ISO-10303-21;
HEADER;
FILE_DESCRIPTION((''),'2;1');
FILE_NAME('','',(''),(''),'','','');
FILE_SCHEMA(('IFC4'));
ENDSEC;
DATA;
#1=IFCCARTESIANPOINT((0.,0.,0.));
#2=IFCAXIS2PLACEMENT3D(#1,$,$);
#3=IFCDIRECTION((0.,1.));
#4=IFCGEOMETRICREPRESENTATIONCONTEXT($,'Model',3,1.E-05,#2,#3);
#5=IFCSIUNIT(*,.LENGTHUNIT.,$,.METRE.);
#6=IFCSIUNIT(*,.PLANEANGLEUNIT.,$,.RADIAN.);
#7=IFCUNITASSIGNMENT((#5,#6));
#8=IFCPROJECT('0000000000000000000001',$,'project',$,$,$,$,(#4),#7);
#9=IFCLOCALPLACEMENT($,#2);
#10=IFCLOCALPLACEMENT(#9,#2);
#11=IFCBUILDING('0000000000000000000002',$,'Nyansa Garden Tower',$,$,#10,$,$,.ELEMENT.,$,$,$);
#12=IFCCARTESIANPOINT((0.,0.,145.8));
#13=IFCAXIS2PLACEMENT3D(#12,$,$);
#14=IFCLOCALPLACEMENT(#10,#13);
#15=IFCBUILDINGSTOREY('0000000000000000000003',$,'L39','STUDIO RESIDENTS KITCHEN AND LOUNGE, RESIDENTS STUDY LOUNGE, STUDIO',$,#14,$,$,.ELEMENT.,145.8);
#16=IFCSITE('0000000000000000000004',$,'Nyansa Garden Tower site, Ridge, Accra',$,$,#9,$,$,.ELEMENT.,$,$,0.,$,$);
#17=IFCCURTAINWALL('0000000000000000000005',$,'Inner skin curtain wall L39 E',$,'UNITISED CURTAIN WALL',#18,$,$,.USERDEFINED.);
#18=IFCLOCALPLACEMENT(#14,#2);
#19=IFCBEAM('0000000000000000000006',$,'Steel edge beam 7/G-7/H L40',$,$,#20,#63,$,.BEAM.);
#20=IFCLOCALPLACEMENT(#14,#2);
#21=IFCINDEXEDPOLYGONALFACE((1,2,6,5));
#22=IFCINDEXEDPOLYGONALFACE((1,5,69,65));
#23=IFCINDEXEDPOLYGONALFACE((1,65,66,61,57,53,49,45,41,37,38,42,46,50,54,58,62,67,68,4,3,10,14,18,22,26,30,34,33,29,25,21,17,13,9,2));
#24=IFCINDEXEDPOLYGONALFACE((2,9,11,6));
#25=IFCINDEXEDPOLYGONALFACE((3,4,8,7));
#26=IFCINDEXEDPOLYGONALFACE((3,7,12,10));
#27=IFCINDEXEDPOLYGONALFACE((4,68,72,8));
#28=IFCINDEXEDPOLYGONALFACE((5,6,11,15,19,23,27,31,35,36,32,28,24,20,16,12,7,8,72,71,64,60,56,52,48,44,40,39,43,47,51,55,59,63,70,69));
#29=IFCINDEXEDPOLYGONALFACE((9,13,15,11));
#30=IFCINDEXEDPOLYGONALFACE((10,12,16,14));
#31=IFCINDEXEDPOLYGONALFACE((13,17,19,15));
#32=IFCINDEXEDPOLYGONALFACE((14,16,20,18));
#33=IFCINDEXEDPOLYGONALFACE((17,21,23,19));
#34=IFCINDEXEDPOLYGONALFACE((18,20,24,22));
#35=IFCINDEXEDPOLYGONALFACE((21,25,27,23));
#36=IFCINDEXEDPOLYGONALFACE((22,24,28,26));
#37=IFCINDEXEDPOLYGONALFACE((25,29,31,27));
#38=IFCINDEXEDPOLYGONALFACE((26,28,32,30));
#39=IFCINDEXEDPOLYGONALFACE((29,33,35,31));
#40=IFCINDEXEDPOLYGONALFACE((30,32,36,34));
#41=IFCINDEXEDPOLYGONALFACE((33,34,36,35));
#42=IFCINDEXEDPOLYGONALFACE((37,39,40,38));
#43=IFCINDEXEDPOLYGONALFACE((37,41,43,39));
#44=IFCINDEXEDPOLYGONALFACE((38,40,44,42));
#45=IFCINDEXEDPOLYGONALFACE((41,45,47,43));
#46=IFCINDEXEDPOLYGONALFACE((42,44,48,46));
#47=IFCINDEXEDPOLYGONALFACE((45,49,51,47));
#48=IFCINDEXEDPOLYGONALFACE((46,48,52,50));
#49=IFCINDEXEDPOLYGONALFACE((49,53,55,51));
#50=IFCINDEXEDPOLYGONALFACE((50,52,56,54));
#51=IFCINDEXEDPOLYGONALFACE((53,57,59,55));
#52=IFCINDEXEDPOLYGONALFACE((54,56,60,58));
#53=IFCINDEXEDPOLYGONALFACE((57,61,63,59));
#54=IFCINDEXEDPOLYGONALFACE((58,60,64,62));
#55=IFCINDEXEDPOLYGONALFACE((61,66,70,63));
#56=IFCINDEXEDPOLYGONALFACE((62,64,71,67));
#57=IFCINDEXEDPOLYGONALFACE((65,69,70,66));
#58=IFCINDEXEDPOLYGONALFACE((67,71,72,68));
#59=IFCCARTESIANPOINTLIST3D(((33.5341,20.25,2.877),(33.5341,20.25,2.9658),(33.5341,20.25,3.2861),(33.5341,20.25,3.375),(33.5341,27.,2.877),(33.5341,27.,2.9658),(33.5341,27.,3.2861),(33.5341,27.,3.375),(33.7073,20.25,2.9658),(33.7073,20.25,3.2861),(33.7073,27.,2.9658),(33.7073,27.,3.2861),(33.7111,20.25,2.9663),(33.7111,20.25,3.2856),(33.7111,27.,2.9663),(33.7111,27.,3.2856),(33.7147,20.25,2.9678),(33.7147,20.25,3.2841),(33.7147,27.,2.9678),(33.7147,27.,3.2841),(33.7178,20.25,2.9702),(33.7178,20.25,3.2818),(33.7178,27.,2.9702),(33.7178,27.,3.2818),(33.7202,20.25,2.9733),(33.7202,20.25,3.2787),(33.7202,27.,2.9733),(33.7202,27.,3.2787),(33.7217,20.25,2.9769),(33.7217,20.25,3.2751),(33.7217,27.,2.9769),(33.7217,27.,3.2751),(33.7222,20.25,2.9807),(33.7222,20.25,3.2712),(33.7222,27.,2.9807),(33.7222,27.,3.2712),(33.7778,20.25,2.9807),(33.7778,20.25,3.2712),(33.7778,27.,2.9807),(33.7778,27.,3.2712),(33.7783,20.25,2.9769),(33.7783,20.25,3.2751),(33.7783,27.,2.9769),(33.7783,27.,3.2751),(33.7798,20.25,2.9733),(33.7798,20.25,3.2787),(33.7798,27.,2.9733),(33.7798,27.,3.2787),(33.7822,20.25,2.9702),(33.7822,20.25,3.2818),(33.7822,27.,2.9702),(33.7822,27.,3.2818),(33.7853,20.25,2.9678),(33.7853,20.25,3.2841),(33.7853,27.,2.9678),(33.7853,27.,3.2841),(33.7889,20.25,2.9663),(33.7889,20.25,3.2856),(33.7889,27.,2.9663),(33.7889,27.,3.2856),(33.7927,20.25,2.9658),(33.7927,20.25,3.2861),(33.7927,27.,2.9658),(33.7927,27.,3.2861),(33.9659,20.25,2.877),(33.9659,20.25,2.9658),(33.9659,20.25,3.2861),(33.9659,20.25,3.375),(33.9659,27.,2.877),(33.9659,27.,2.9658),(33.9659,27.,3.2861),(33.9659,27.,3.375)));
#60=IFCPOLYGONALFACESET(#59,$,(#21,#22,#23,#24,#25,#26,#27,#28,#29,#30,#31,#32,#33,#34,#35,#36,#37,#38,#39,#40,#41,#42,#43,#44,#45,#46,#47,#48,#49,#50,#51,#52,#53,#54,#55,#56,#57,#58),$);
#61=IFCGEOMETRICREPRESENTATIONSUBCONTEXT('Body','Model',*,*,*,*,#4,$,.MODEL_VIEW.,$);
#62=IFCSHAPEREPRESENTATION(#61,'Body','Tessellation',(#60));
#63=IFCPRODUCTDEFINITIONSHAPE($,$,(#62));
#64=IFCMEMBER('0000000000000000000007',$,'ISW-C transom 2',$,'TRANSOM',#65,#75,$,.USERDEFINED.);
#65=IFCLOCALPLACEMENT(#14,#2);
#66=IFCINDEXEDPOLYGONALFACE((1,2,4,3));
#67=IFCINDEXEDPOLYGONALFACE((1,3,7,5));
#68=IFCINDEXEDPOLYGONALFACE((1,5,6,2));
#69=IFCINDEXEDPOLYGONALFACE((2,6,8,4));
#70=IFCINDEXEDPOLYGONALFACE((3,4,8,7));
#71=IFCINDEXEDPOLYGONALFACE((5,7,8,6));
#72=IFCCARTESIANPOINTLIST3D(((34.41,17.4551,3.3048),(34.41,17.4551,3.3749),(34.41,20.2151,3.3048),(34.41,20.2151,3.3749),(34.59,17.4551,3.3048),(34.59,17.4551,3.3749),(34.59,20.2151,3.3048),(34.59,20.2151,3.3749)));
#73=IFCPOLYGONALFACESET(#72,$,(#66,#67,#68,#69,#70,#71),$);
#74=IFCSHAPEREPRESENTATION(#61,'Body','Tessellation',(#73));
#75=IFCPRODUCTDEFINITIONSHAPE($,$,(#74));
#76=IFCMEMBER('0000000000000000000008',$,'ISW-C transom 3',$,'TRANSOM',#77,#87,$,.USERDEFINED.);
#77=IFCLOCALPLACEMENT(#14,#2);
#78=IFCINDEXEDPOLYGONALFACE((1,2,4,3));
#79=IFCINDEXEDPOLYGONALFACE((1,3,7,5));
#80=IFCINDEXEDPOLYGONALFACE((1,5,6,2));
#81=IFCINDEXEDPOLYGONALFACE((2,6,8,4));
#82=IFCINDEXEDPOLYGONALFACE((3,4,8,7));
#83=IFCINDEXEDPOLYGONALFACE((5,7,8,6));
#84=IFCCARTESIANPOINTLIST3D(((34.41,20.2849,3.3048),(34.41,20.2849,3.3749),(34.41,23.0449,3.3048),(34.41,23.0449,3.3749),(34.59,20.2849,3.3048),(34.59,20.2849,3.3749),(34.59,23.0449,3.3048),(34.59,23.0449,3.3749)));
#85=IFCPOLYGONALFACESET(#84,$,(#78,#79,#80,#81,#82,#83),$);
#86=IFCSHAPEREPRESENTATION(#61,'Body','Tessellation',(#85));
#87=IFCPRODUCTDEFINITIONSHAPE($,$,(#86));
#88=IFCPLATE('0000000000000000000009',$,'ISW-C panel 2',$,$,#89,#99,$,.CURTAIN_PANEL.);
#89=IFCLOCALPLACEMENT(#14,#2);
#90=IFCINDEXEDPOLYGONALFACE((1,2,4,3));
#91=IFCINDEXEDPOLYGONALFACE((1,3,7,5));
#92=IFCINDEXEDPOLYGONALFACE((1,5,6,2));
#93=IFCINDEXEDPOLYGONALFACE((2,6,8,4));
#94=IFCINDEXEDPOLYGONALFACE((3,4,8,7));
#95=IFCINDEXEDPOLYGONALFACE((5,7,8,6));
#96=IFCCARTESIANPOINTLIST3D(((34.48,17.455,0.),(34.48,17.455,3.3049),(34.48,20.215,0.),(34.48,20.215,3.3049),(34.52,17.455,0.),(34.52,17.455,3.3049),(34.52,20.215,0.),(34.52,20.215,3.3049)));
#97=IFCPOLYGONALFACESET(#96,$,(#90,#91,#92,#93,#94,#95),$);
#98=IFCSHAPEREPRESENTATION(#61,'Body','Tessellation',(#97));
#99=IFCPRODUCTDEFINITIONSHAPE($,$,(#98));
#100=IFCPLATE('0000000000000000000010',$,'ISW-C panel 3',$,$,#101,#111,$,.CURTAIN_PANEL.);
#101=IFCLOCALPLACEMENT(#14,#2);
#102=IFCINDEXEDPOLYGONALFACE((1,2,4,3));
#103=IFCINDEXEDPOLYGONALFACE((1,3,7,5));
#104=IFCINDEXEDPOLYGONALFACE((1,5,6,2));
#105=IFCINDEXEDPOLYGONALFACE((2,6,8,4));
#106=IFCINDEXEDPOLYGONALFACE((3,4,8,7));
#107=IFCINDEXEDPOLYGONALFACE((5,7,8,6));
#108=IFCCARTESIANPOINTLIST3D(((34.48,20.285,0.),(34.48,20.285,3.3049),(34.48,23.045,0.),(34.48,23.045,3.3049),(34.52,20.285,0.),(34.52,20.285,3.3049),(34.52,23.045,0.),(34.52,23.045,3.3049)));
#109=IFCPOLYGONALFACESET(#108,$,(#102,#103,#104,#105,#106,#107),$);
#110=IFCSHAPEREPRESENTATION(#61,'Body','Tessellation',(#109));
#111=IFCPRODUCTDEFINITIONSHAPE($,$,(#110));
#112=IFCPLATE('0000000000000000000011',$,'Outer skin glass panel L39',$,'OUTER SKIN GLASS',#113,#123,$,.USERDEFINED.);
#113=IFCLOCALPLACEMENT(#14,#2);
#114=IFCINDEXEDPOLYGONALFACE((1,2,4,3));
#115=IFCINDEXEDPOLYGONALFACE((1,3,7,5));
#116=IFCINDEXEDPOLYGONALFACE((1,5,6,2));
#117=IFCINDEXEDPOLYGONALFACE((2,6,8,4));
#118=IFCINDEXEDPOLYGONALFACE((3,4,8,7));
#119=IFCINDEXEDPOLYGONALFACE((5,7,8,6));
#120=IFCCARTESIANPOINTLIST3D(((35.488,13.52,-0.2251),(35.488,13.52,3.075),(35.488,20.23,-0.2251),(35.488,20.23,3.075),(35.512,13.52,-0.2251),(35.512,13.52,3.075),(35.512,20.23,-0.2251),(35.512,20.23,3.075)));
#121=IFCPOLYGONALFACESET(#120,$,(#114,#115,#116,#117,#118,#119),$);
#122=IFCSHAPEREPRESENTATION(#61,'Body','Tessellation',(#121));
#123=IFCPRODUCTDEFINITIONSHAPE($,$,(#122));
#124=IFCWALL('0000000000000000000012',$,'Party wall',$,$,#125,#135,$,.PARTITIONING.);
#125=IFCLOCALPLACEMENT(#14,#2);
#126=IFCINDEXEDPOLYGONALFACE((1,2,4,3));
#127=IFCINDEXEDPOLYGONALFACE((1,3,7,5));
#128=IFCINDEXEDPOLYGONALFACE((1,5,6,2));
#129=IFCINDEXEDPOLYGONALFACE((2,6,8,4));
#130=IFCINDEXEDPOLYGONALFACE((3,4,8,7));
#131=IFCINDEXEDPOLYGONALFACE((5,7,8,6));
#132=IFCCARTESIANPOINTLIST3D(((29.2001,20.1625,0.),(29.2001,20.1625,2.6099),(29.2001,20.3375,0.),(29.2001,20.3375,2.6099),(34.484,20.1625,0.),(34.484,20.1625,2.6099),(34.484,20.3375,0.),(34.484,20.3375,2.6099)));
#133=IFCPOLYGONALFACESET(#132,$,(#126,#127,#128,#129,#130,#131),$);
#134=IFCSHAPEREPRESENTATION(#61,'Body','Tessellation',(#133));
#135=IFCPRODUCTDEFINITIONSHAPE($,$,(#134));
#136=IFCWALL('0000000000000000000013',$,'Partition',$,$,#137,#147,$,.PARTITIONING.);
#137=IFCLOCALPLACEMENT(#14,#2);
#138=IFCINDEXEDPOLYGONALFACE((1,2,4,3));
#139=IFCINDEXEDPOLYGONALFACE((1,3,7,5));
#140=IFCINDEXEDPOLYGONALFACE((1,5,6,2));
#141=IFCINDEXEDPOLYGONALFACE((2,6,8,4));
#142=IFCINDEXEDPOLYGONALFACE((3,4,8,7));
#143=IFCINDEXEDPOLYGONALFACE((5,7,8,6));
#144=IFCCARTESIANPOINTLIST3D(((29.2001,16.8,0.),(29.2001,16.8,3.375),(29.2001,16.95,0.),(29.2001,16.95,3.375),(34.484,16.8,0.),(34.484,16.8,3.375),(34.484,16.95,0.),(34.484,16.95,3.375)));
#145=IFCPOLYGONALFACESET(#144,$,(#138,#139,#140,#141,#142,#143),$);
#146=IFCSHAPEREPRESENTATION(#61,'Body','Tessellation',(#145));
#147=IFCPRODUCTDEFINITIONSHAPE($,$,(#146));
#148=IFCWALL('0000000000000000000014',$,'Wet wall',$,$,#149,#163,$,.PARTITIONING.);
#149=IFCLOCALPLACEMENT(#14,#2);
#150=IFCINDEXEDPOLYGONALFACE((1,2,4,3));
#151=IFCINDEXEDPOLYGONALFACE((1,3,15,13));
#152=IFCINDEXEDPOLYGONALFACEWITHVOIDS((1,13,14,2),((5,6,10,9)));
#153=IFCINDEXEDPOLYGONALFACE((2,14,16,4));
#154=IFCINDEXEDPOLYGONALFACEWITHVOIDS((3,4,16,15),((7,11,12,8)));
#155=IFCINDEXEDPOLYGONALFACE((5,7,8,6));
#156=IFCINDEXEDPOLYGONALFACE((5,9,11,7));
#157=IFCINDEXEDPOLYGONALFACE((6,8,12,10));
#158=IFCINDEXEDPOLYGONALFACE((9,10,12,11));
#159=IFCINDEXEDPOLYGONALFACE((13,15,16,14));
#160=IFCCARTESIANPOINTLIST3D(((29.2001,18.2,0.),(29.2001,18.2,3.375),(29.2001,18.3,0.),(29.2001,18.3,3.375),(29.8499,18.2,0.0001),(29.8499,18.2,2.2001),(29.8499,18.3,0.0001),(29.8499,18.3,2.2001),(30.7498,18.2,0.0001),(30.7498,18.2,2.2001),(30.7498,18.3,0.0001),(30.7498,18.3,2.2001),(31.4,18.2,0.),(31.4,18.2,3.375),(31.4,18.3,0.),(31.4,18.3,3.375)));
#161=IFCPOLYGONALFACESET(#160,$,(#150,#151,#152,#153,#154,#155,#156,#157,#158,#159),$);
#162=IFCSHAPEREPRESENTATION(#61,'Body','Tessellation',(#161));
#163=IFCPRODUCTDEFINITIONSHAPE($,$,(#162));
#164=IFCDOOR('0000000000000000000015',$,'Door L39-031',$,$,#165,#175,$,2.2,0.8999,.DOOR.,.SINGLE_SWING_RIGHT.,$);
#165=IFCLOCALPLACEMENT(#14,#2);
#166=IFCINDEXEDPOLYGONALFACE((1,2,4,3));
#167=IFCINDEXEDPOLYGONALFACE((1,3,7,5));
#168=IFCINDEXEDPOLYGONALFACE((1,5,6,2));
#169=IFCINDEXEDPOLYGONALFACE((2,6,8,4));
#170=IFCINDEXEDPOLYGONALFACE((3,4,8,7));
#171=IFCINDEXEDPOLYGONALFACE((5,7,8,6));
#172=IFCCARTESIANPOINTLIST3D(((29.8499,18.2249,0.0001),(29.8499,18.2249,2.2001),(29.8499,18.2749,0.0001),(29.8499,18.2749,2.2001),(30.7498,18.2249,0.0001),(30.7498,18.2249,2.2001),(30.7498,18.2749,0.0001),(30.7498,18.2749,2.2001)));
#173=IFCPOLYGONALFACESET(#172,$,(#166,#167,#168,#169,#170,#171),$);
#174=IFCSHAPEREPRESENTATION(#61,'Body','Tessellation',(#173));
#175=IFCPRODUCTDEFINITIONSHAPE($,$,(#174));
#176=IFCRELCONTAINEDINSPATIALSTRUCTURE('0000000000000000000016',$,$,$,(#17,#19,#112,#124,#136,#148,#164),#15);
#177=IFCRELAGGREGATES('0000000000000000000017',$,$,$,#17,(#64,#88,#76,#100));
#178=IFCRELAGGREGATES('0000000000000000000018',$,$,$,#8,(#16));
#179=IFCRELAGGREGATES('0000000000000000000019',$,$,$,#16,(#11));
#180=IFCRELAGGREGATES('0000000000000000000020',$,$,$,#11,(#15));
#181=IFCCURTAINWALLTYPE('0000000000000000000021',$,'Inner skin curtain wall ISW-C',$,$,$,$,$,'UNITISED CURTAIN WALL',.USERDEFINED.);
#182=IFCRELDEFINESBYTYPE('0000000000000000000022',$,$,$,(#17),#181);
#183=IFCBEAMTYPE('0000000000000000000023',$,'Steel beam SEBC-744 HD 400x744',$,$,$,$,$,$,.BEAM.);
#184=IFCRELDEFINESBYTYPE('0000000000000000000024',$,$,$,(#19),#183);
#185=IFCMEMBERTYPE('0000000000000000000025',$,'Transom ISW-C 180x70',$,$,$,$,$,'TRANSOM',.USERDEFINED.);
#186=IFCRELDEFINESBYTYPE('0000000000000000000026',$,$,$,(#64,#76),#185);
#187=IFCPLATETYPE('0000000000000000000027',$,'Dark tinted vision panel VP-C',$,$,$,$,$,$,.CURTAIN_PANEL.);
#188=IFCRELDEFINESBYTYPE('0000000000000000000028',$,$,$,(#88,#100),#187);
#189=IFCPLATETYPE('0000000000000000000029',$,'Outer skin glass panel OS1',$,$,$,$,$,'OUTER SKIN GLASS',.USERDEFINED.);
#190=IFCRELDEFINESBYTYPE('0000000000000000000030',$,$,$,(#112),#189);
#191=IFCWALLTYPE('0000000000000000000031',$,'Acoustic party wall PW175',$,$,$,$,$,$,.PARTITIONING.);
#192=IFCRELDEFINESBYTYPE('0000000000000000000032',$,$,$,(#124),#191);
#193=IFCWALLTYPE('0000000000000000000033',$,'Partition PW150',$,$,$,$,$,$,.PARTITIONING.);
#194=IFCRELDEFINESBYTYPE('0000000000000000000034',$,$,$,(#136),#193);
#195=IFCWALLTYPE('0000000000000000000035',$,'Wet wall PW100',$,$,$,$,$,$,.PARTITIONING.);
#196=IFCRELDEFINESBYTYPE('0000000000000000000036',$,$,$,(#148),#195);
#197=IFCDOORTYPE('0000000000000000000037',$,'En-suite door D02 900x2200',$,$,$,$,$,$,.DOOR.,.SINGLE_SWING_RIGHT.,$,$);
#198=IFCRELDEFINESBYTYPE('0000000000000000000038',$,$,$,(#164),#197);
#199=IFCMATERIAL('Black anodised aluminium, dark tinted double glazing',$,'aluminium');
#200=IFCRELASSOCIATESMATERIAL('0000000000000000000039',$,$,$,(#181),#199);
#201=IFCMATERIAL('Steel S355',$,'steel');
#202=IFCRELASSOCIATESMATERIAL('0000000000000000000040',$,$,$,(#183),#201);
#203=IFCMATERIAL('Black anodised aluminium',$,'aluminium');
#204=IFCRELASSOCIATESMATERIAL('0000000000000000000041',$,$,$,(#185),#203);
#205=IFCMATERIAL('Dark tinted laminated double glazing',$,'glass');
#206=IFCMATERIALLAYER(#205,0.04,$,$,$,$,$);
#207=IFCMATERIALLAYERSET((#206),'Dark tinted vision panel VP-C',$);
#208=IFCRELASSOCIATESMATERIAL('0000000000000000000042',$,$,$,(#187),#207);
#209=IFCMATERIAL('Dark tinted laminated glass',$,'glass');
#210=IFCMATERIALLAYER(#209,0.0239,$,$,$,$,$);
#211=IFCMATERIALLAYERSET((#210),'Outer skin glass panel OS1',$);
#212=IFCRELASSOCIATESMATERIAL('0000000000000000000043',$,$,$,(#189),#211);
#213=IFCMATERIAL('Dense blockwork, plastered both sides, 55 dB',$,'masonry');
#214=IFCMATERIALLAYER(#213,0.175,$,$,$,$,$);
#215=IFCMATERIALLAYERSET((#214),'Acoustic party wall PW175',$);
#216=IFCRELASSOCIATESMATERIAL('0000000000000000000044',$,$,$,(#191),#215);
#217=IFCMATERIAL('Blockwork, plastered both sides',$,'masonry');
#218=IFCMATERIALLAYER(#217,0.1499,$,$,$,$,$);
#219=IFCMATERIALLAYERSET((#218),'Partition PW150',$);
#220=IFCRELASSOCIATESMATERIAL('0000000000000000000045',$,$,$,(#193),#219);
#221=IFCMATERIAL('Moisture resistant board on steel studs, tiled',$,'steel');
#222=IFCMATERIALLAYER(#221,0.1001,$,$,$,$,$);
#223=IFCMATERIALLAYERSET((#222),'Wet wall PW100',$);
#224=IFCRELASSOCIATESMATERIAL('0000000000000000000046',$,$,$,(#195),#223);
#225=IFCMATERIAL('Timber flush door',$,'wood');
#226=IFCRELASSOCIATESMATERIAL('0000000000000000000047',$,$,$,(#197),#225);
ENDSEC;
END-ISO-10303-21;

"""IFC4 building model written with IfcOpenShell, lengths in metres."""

from ifc_helpers import new_model, si_unit, direction, frame, frame_2d, origin, origin_2d, place, context, subcontext, project, spatial, rectangle, i_section, extrude, material, layer, layer_set, material_profile, profile_set, type_object, element, fill, aggregate, save


model = new_model("IFC4")

# Units and contexts
model_context = context("Model", 3, precision=1e-05, world=origin(), true_north=direction((0.0, 1.0)))
body_context = subcontext(model_context, "Body", "Model", "MODEL_VIEW")
ifc_project = project(units=[si_unit("LENGTHUNIT", "METRE"), si_unit("PLANEANGLEUNIT", "RADIAN")], contexts=[model_context])

# Site, building, storey
site_placement = place(None, origin())
site = spatial("IfcSite", under=ifc_project, at=site_placement, Name="Nyansa Garden Tower site, Ridge, Accra", CompositionType="ELEMENT", RefElevation=0.0)
building_placement = place(site_placement, origin())
building = spatial("IfcBuilding", under=site, at=building_placement, Name="Nyansa Garden Tower", CompositionType="ELEMENT")
storey_placement = place(building_placement, frame((0.0, 0.0, 145.8)))
storey = spatial("IfcBuildingStorey", under=building, at=storey_placement, Name="L39", Description="STUDIO RESIDENTS KITCHEN AND LOUNGE, RESIDENTS STUDY LOUNGE, STUDIO", CompositionType="ELEMENT", Elevation=145.8)

# Curtain wall
ifc_material_1 = material(Name="Black anodised aluminium, dark tinted double glazing", Category="aluminium")
curtain_wall_type = type_object("IfcCurtainWallType", Name="Inner skin curtain wall ISW-C", ElementType="UNITISED CURTAIN WALL", PredefinedType="USERDEFINED", material=ifc_material_1)
curtain_wall_placement = place(storey_placement, origin())
curtain_wall = element("IfcCurtainWall", 1, at=curtain_wall_placement, inside=storey, type_object=curtain_wall_type, Name="Inner skin curtain wall L39 E", ObjectType="UNITISED CURTAIN WALL", PredefinedType="USERDEFINED")

# Beam
ifc_material_2 = material(Name="Steel S355", Category="steel")
ifc_material_profile_1 = material_profile(ifc_material_2, i_section(OverallWidth=0.4319, OverallDepth=0.498, WebThickness=0.0557, FlangeThickness=0.0889, FilletRadius=0.0149, at=origin_2d()), Name="HD 400x744")
ifc_profile_set_1 = profile_set([ifc_material_profile_1], Name="Steel S355")
beam_type_1 = type_object("IfcBeamType", Name="Steel beam SEBC-744 HD 400x744", PredefinedType="BEAM", material=ifc_profile_set_1)
beam_1_placement = place(storey_placement, frame((33.75, 20.25, 3.126), z_axis=(0.0, 1.0, 0.0), x_axis=(-1.0, 0.0, 0.0)))
element("IfcBeam", 2, at=beam_1_placement, inside=storey, type_object=beam_type_1, Name="Steel edge beam 7/G-7/H L40", PredefinedType="BEAM", context=body_context, shape_type="SweptSolid", body=[
    extrude(i_section(OverallWidth=0.4319, OverallDepth=0.498, WebThickness=0.0557, FlangeThickness=0.0889, FilletRadius=0.0149, at=origin_2d()), origin(), (0.0, 0.0, 1.0), 6.75),
])

# Members
ifc_material_3 = material(Name="Black anodised aluminium", Category="aluminium")
ifc_material_profile_2 = material_profile(ifc_material_3, rectangle(XDim=0.1799, YDim=0.0701, at=origin_2d()), Name="Transom 180x70")
ifc_profile_set_2 = profile_set([ifc_material_profile_2], Name="Black anodised aluminium")
member_type_1 = type_object("IfcMemberType", Name="Transom ISW-C 180x70", ElementType="TRANSOM", PredefinedType="USERDEFINED", material=ifc_profile_set_2)
member_1_placement = place(storey_placement, frame((34.5, 17.4551, 3.3398), z_axis=(0.0, 1.0, 0.0), x_axis=(-1.0, 0.0, 0.0)))
member_1 = element("IfcMember", 3, at=member_1_placement, type_object=member_type_1, Name="ISW-C transom 2", ObjectType="TRANSOM", PredefinedType="USERDEFINED", context=body_context, shape_type="SweptSolid", body=[
    extrude(rectangle(XDim=0.1799, YDim=0.0701, at=origin_2d()), origin(), (0.0, 0.0, 1.0), 2.76),
])
member_2_placement = place(storey_placement, frame((34.5, 20.2849, 3.3398), z_axis=(0.0, 1.0, 0.0), x_axis=(-1.0, 0.0, 0.0)))
member_2 = element("IfcMember", 4, at=member_2_placement, type_object=member_type_1, Name="ISW-C transom 3", ObjectType="TRANSOM", PredefinedType="USERDEFINED", context=body_context, shape_type="SweptSolid", body=[
    extrude(rectangle(XDim=0.1799, YDim=0.0701, at=origin_2d()), origin(), (0.0, 0.0, 1.0), 2.76),
])

# Plates
ifc_material_4 = material(Name="Dark tinted laminated double glazing", Category="glass")
ifc_layer_1 = layer(ifc_material_4, 0.04)
ifc_layer_set_1 = layer_set([ifc_layer_1], Name="Dark tinted vision panel VP-C")
plate_type_1 = type_object("IfcPlateType", Name="Dark tinted vision panel VP-C", PredefinedType="CURTAIN_PANEL", material=ifc_layer_set_1)
plate_1_placement = place(storey_placement, frame((34.5, 18.835, 0.0), z_axis=(0.0, 0.0, 1.0), x_axis=(0.0, 1.0, 0.0)))
plate_1 = element("IfcPlate", 5, at=plate_1_placement, type_object=plate_type_1, Name="ISW-C panel 2", PredefinedType="CURTAIN_PANEL", context=body_context, shape_type="SweptSolid", body=[
    extrude(rectangle(XDim=2.76, YDim=0.04, at=origin_2d()), origin(), (0.0, 0.0, 1.0), 3.3049),
])
plate_2_placement = place(storey_placement, frame((34.5, 21.665, 0.0), z_axis=(0.0, 0.0, 1.0), x_axis=(0.0, 1.0, 0.0)))
plate_2 = element("IfcPlate", 6, at=plate_2_placement, type_object=plate_type_1, Name="ISW-C panel 3", PredefinedType="CURTAIN_PANEL", context=body_context, shape_type="SweptSolid", body=[
    extrude(rectangle(XDim=2.76, YDim=0.04, at=origin_2d()), origin(), (0.0, 0.0, 1.0), 3.3049),
])
aggregate(curtain_wall, [member_1, plate_1, member_2, plate_2])
ifc_material_5 = material(Name="Dark tinted laminated glass", Category="glass")
ifc_layer_2 = layer(ifc_material_5, 0.0239)
ifc_layer_set_2 = layer_set([ifc_layer_2], Name="Outer skin glass panel OS1")
plate_type_2 = type_object("IfcPlateType", Name="Outer skin glass panel OS1", ElementType="OUTER SKIN GLASS", PredefinedType="USERDEFINED", material=ifc_layer_set_2)
plate_3_placement = place(storey_placement, frame((35.5, 16.875, -0.2251), z_axis=(0.0, 0.0, 1.0), x_axis=(0.0, 1.0, 0.0)))
element("IfcPlate", 7, at=plate_3_placement, inside=storey, type_object=plate_type_2, Name="Outer skin glass panel L39", ObjectType="OUTER SKIN GLASS", PredefinedType="USERDEFINED", context=body_context, shape_type="SweptSolid", body=[
    extrude(rectangle(XDim=6.71, YDim=0.0239, at=origin_2d()), origin(), (0.0, 0.0, 1.0), 3.3),
])

# Walls
ifc_material_6 = material(Name="Dense blockwork, plastered both sides, 55 dB", Category="masonry")
ifc_layer_3 = layer(ifc_material_6, 0.175)
ifc_layer_set_3 = layer_set([ifc_layer_3], Name="Acoustic party wall PW175")
wall_type_1 = type_object("IfcWallType", Name="Acoustic party wall PW175", PredefinedType="PARTITIONING", material=ifc_layer_set_3)
wall_1_placement = place(storey_placement, frame((29.2, 20.25, 0.0), z_axis=(0.0, 0.0, 1.0), x_axis=(1.0, 0.0, 0.0)))
element("IfcWall", 8, at=wall_1_placement, inside=storey, type_object=wall_type_1, Name="Party wall", PredefinedType="PARTITIONING", context=body_context, shape_type="SweptSolid", body=[
    extrude(rectangle(XDim=5.2839, YDim=0.175, at=frame_2d((2.6421, 0.0))), origin(), (0.0, 0.0, 1.0), 2.6099),
])
ifc_material_7 = material(Name="Blockwork, plastered both sides", Category="masonry")
ifc_layer_4 = layer(ifc_material_7, 0.1499)
ifc_layer_set_4 = layer_set([ifc_layer_4], Name="Partition PW150")
wall_type_2 = type_object("IfcWallType", Name="Partition PW150", PredefinedType="PARTITIONING", material=ifc_layer_set_4)
wall_2_placement = place(storey_placement, frame((29.2, 16.875, 0.0), z_axis=(0.0, 0.0, 1.0), x_axis=(1.0, 0.0, 0.0)))
element("IfcWall", 9, at=wall_2_placement, inside=storey, type_object=wall_type_2, Name="Partition", PredefinedType="PARTITIONING", context=body_context, shape_type="SweptSolid", body=[
    extrude(rectangle(XDim=5.2839, YDim=0.1499, at=frame_2d((2.6421, 0.0))), origin(), (0.0, 0.0, 1.0), 3.375),
])

# Wall, opening, door
ifc_material_8 = material(Name="Moisture resistant board on steel studs, tiled", Category="steel")
ifc_layer_5 = layer(ifc_material_8, 0.1001)
ifc_layer_set_5 = layer_set([ifc_layer_5], Name="Wet wall PW100")
wall_type_3 = type_object("IfcWallType", Name="Wet wall PW100", PredefinedType="PARTITIONING", material=ifc_layer_set_5)
wall_3_placement = place(storey_placement, frame((29.2, 18.25, 0.0), z_axis=(0.0, 0.0, 1.0), x_axis=(1.0, 0.0, 0.0)))
wall_3 = element("IfcWall", 10, at=wall_3_placement, inside=storey, type_object=wall_type_3, Name="Wet wall", PredefinedType="PARTITIONING", context=body_context, shape_type="SweptSolid", body=[
    extrude(rectangle(XDim=2.2, YDim=0.1001, at=frame_2d((1.1001, 0.0))), origin(), (0.0, 0.0, 1.0), 3.375),
])
opening_1_placement = place(wall_3_placement, frame((0.6499, 0.0, 0.0)))
opening_1 = element("IfcOpeningElement", 11, at=opening_1_placement, cuts=wall_3, PredefinedType="OPENING", context=body_context, shape_type="SweptSolid", body=[
    extrude(rectangle(XDim=0.8999, YDim=2.2, at=frame_2d((0.45, 1.1001))), frame((0.0, 0.0601, 0.0), z_axis=(0.0, -1.0, 0.0), x_axis=(1.0, 0.0, 0.0)), (0.0, 0.0, 1.0), 0.1201),
])
ifc_material_9 = material(Name="Timber flush door", Category="wood")
door_type = type_object("IfcDoorType", Name="En-suite door D02 900x2200", OperationType="SINGLE_SWING_RIGHT", PredefinedType="DOOR", material=ifc_material_9)
door_1_placement = place(opening_1_placement, origin())
door_1 = element("IfcDoor", 12, at=door_1_placement, inside=storey, type_object=door_type, Name="Door L39-031", OperationType="SINGLE_SWING_RIGHT", OverallHeight=2.2, OverallWidth=0.8999, PredefinedType="DOOR", context=body_context, shape_type="SweptSolid", body=[
    extrude(rectangle(XDim=0.8999, YDim=2.2, at=frame_2d((0.45, 1.1001))), frame((0.0, 0.0249, 0.0), z_axis=(0.0, -1.0, 0.0), x_axis=(1.0, 0.0, 0.0)), (0.0, 0.0, 1.0), 0.05),
])
fill(opening_1, door_1)

save(model, "model.ifc")
